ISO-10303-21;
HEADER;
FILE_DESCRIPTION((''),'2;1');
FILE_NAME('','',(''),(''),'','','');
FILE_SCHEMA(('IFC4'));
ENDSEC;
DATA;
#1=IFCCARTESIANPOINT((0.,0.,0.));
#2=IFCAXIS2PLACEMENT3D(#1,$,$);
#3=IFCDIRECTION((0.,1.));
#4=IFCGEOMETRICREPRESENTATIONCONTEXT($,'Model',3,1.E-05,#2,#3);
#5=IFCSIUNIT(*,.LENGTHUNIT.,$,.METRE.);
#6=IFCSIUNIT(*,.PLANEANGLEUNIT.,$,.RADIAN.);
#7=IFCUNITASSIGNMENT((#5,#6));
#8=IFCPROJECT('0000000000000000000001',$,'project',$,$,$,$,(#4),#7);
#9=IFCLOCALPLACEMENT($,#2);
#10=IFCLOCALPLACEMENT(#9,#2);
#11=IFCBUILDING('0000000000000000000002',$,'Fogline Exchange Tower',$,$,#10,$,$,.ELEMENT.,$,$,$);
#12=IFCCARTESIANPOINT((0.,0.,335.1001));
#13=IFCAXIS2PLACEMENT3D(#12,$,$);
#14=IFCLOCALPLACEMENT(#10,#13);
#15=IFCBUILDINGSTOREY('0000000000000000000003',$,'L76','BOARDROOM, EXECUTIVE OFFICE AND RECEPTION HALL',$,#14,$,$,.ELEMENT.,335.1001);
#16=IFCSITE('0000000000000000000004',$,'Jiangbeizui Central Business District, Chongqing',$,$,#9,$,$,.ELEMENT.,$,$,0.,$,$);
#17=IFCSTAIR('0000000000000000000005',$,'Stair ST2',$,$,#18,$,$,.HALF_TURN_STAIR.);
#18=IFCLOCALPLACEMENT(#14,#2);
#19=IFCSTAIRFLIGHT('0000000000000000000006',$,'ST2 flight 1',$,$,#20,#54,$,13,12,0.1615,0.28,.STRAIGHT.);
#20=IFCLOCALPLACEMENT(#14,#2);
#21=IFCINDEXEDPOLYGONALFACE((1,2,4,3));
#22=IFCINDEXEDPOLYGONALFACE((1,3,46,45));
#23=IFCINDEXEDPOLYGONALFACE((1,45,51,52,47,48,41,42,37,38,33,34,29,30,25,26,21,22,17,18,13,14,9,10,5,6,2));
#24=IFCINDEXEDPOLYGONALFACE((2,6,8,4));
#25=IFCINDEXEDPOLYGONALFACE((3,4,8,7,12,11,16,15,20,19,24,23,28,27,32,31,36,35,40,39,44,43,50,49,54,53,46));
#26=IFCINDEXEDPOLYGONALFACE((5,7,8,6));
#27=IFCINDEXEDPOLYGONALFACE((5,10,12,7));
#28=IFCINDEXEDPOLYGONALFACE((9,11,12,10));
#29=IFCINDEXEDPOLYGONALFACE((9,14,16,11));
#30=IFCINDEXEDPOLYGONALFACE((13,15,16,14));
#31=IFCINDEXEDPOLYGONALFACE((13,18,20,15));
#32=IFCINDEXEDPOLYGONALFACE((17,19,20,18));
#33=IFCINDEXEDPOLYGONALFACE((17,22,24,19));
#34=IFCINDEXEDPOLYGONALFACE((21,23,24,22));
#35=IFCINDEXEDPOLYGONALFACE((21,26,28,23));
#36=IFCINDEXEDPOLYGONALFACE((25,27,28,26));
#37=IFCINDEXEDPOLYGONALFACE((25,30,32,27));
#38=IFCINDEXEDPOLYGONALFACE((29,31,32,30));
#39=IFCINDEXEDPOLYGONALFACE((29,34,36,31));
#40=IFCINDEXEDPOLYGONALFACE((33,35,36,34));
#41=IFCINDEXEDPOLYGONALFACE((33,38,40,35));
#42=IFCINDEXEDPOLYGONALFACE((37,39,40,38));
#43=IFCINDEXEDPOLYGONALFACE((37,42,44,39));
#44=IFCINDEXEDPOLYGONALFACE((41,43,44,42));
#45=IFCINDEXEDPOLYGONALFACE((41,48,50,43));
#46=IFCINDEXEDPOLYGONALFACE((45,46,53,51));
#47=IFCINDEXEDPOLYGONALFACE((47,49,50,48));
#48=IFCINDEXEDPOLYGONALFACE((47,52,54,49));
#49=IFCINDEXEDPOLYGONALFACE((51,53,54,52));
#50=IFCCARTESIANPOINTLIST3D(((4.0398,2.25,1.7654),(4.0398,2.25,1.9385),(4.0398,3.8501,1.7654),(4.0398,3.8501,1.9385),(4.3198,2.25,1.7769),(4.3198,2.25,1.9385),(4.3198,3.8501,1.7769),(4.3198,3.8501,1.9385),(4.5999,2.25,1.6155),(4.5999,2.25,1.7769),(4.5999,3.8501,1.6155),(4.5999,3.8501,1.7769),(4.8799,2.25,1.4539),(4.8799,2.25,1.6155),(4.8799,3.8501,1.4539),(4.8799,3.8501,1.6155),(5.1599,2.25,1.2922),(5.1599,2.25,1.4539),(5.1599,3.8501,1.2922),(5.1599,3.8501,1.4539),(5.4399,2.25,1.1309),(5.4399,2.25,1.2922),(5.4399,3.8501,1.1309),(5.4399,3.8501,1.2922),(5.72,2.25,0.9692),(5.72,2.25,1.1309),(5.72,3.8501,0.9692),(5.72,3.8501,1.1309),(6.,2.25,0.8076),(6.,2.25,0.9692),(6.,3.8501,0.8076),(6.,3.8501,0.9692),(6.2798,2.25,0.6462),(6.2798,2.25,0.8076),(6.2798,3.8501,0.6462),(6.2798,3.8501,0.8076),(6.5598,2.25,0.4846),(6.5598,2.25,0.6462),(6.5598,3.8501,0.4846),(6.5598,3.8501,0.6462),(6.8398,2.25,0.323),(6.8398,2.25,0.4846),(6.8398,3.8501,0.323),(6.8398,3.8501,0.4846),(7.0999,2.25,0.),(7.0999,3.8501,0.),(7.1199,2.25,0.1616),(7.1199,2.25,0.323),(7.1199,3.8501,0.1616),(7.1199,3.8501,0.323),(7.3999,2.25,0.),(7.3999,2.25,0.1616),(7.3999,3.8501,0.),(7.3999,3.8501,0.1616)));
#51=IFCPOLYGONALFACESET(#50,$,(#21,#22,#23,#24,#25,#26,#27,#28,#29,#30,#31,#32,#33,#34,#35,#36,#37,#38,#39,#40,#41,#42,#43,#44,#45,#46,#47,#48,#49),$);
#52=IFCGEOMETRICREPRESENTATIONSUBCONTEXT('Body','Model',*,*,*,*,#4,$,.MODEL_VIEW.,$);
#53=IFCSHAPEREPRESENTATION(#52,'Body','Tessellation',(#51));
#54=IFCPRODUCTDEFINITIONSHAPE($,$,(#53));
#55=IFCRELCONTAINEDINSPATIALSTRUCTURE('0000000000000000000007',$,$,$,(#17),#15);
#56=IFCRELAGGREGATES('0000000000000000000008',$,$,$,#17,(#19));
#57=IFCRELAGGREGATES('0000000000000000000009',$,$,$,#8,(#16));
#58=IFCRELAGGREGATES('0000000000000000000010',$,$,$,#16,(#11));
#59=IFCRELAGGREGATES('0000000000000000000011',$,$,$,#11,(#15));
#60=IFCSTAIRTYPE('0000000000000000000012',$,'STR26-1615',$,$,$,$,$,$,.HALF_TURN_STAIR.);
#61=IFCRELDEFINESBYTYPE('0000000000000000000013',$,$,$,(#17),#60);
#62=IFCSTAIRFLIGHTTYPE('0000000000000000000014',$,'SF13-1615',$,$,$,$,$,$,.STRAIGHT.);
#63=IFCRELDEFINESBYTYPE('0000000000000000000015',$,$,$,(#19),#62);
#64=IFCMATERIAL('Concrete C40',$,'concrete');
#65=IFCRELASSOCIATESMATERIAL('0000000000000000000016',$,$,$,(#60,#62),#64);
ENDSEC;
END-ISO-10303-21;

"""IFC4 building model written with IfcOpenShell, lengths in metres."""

from ifc_helpers import new_model, si_unit, direction, frame, origin, place, context, subcontext, project, spatial, polyline, outline, extrude, material, type_object, element, aggregate, save


model = new_model("IFC4")

# Units and contexts
model_context = context("Model", 3, precision=1e-05, world=origin(), true_north=direction((0.0, 1.0)))
body_context = subcontext(model_context, "Body", "Model", "MODEL_VIEW")
ifc_project = project(units=[si_unit("LENGTHUNIT", "METRE"), si_unit("PLANEANGLEUNIT", "RADIAN")], contexts=[model_context])

# Site, building, storey
site_placement = place(None, origin())
site = spatial("IfcSite", under=ifc_project, at=site_placement, Name="Jiangbeizui Central Business District, Chongqing", CompositionType="ELEMENT", RefElevation=0.0)
building_placement = place(site_placement, origin())
building = spatial("IfcBuilding", under=site, at=building_placement, Name="Fogline Exchange Tower", CompositionType="ELEMENT")
storey_placement = place(building_placement, frame((0.0, 0.0, 335.1001)))
storey = spatial("IfcBuildingStorey", under=building, at=storey_placement, Name="L76", Description="BOARDROOM, EXECUTIVE OFFICE AND RECEPTION HALL", CompositionType="ELEMENT", Elevation=335.1001)

# Shared definitions
ifc_material_1 = material(Name="Concrete C40", Category="concrete")

# Stair, stair flight
stair_type = type_object("IfcStairType", Name="STR26-1615", PredefinedType="HALF_TURN_STAIR", material=ifc_material_1)
stair_placement = place(storey_placement, origin())
stair = element("IfcStair", 1, at=stair_placement, inside=storey, type_object=stair_type, Name="Stair ST2", PredefinedType="HALF_TURN_STAIR")
stair_flight_type = type_object("IfcStairFlightType", Name="SF13-1615", PredefinedType="STRAIGHT", material=ifc_material_1)
stair_flight_placement = place(storey_placement, frame((7.3999, 3.05, 0.0), z_axis=(0.0, 0.0, 1.0), x_axis=(-1.0, 0.0, 0.0)))
stair_flight = element("IfcStairFlight", 2, at=stair_flight_placement, type_object=stair_flight_type, Name="ST2 flight 1", NumberOfRisers=13, NumberOfTreads=12, PredefinedType="STRAIGHT", RiserHeight=0.1615, TreadLength=0.28, context=body_context, shape_type="SweptSolid", body=[
    extrude(outline(polyline([(0.0, 0.0), (0.0, 0.1616), (0.28, 0.1616), (0.28, 0.323), (0.5601, 0.323), (0.5601, 0.4846), (0.8401, 0.4846), (0.8401, 0.6462), (1.1201, 0.6462), (1.1201, 0.8076), (1.3999, 0.8076), (1.3999, 0.9692), (1.6799, 0.9692), (1.6799, 1.1309), (1.96, 1.1309), (1.96, 1.2922), (2.24, 1.2922), (2.24, 1.4539), (2.52, 1.4539), (2.52, 1.6155), (2.8, 1.6155), (2.8, 1.7769), (3.0801, 1.7769), (3.0801, 1.9385), (3.3601, 1.9385), (3.3601, 2.1001), (3.3601, 1.7654), (0.3, 0.0), (0.0, 0.0)])), frame((0.0, 0.8, 0.0), z_axis=(0.0, -1.0, 0.0), x_axis=(1.0, 0.0, 0.0)), (0.0, 0.0, 1.0), 1.6001),
])
aggregate(stair, [stair_flight])

save(model, "model.ifc")
